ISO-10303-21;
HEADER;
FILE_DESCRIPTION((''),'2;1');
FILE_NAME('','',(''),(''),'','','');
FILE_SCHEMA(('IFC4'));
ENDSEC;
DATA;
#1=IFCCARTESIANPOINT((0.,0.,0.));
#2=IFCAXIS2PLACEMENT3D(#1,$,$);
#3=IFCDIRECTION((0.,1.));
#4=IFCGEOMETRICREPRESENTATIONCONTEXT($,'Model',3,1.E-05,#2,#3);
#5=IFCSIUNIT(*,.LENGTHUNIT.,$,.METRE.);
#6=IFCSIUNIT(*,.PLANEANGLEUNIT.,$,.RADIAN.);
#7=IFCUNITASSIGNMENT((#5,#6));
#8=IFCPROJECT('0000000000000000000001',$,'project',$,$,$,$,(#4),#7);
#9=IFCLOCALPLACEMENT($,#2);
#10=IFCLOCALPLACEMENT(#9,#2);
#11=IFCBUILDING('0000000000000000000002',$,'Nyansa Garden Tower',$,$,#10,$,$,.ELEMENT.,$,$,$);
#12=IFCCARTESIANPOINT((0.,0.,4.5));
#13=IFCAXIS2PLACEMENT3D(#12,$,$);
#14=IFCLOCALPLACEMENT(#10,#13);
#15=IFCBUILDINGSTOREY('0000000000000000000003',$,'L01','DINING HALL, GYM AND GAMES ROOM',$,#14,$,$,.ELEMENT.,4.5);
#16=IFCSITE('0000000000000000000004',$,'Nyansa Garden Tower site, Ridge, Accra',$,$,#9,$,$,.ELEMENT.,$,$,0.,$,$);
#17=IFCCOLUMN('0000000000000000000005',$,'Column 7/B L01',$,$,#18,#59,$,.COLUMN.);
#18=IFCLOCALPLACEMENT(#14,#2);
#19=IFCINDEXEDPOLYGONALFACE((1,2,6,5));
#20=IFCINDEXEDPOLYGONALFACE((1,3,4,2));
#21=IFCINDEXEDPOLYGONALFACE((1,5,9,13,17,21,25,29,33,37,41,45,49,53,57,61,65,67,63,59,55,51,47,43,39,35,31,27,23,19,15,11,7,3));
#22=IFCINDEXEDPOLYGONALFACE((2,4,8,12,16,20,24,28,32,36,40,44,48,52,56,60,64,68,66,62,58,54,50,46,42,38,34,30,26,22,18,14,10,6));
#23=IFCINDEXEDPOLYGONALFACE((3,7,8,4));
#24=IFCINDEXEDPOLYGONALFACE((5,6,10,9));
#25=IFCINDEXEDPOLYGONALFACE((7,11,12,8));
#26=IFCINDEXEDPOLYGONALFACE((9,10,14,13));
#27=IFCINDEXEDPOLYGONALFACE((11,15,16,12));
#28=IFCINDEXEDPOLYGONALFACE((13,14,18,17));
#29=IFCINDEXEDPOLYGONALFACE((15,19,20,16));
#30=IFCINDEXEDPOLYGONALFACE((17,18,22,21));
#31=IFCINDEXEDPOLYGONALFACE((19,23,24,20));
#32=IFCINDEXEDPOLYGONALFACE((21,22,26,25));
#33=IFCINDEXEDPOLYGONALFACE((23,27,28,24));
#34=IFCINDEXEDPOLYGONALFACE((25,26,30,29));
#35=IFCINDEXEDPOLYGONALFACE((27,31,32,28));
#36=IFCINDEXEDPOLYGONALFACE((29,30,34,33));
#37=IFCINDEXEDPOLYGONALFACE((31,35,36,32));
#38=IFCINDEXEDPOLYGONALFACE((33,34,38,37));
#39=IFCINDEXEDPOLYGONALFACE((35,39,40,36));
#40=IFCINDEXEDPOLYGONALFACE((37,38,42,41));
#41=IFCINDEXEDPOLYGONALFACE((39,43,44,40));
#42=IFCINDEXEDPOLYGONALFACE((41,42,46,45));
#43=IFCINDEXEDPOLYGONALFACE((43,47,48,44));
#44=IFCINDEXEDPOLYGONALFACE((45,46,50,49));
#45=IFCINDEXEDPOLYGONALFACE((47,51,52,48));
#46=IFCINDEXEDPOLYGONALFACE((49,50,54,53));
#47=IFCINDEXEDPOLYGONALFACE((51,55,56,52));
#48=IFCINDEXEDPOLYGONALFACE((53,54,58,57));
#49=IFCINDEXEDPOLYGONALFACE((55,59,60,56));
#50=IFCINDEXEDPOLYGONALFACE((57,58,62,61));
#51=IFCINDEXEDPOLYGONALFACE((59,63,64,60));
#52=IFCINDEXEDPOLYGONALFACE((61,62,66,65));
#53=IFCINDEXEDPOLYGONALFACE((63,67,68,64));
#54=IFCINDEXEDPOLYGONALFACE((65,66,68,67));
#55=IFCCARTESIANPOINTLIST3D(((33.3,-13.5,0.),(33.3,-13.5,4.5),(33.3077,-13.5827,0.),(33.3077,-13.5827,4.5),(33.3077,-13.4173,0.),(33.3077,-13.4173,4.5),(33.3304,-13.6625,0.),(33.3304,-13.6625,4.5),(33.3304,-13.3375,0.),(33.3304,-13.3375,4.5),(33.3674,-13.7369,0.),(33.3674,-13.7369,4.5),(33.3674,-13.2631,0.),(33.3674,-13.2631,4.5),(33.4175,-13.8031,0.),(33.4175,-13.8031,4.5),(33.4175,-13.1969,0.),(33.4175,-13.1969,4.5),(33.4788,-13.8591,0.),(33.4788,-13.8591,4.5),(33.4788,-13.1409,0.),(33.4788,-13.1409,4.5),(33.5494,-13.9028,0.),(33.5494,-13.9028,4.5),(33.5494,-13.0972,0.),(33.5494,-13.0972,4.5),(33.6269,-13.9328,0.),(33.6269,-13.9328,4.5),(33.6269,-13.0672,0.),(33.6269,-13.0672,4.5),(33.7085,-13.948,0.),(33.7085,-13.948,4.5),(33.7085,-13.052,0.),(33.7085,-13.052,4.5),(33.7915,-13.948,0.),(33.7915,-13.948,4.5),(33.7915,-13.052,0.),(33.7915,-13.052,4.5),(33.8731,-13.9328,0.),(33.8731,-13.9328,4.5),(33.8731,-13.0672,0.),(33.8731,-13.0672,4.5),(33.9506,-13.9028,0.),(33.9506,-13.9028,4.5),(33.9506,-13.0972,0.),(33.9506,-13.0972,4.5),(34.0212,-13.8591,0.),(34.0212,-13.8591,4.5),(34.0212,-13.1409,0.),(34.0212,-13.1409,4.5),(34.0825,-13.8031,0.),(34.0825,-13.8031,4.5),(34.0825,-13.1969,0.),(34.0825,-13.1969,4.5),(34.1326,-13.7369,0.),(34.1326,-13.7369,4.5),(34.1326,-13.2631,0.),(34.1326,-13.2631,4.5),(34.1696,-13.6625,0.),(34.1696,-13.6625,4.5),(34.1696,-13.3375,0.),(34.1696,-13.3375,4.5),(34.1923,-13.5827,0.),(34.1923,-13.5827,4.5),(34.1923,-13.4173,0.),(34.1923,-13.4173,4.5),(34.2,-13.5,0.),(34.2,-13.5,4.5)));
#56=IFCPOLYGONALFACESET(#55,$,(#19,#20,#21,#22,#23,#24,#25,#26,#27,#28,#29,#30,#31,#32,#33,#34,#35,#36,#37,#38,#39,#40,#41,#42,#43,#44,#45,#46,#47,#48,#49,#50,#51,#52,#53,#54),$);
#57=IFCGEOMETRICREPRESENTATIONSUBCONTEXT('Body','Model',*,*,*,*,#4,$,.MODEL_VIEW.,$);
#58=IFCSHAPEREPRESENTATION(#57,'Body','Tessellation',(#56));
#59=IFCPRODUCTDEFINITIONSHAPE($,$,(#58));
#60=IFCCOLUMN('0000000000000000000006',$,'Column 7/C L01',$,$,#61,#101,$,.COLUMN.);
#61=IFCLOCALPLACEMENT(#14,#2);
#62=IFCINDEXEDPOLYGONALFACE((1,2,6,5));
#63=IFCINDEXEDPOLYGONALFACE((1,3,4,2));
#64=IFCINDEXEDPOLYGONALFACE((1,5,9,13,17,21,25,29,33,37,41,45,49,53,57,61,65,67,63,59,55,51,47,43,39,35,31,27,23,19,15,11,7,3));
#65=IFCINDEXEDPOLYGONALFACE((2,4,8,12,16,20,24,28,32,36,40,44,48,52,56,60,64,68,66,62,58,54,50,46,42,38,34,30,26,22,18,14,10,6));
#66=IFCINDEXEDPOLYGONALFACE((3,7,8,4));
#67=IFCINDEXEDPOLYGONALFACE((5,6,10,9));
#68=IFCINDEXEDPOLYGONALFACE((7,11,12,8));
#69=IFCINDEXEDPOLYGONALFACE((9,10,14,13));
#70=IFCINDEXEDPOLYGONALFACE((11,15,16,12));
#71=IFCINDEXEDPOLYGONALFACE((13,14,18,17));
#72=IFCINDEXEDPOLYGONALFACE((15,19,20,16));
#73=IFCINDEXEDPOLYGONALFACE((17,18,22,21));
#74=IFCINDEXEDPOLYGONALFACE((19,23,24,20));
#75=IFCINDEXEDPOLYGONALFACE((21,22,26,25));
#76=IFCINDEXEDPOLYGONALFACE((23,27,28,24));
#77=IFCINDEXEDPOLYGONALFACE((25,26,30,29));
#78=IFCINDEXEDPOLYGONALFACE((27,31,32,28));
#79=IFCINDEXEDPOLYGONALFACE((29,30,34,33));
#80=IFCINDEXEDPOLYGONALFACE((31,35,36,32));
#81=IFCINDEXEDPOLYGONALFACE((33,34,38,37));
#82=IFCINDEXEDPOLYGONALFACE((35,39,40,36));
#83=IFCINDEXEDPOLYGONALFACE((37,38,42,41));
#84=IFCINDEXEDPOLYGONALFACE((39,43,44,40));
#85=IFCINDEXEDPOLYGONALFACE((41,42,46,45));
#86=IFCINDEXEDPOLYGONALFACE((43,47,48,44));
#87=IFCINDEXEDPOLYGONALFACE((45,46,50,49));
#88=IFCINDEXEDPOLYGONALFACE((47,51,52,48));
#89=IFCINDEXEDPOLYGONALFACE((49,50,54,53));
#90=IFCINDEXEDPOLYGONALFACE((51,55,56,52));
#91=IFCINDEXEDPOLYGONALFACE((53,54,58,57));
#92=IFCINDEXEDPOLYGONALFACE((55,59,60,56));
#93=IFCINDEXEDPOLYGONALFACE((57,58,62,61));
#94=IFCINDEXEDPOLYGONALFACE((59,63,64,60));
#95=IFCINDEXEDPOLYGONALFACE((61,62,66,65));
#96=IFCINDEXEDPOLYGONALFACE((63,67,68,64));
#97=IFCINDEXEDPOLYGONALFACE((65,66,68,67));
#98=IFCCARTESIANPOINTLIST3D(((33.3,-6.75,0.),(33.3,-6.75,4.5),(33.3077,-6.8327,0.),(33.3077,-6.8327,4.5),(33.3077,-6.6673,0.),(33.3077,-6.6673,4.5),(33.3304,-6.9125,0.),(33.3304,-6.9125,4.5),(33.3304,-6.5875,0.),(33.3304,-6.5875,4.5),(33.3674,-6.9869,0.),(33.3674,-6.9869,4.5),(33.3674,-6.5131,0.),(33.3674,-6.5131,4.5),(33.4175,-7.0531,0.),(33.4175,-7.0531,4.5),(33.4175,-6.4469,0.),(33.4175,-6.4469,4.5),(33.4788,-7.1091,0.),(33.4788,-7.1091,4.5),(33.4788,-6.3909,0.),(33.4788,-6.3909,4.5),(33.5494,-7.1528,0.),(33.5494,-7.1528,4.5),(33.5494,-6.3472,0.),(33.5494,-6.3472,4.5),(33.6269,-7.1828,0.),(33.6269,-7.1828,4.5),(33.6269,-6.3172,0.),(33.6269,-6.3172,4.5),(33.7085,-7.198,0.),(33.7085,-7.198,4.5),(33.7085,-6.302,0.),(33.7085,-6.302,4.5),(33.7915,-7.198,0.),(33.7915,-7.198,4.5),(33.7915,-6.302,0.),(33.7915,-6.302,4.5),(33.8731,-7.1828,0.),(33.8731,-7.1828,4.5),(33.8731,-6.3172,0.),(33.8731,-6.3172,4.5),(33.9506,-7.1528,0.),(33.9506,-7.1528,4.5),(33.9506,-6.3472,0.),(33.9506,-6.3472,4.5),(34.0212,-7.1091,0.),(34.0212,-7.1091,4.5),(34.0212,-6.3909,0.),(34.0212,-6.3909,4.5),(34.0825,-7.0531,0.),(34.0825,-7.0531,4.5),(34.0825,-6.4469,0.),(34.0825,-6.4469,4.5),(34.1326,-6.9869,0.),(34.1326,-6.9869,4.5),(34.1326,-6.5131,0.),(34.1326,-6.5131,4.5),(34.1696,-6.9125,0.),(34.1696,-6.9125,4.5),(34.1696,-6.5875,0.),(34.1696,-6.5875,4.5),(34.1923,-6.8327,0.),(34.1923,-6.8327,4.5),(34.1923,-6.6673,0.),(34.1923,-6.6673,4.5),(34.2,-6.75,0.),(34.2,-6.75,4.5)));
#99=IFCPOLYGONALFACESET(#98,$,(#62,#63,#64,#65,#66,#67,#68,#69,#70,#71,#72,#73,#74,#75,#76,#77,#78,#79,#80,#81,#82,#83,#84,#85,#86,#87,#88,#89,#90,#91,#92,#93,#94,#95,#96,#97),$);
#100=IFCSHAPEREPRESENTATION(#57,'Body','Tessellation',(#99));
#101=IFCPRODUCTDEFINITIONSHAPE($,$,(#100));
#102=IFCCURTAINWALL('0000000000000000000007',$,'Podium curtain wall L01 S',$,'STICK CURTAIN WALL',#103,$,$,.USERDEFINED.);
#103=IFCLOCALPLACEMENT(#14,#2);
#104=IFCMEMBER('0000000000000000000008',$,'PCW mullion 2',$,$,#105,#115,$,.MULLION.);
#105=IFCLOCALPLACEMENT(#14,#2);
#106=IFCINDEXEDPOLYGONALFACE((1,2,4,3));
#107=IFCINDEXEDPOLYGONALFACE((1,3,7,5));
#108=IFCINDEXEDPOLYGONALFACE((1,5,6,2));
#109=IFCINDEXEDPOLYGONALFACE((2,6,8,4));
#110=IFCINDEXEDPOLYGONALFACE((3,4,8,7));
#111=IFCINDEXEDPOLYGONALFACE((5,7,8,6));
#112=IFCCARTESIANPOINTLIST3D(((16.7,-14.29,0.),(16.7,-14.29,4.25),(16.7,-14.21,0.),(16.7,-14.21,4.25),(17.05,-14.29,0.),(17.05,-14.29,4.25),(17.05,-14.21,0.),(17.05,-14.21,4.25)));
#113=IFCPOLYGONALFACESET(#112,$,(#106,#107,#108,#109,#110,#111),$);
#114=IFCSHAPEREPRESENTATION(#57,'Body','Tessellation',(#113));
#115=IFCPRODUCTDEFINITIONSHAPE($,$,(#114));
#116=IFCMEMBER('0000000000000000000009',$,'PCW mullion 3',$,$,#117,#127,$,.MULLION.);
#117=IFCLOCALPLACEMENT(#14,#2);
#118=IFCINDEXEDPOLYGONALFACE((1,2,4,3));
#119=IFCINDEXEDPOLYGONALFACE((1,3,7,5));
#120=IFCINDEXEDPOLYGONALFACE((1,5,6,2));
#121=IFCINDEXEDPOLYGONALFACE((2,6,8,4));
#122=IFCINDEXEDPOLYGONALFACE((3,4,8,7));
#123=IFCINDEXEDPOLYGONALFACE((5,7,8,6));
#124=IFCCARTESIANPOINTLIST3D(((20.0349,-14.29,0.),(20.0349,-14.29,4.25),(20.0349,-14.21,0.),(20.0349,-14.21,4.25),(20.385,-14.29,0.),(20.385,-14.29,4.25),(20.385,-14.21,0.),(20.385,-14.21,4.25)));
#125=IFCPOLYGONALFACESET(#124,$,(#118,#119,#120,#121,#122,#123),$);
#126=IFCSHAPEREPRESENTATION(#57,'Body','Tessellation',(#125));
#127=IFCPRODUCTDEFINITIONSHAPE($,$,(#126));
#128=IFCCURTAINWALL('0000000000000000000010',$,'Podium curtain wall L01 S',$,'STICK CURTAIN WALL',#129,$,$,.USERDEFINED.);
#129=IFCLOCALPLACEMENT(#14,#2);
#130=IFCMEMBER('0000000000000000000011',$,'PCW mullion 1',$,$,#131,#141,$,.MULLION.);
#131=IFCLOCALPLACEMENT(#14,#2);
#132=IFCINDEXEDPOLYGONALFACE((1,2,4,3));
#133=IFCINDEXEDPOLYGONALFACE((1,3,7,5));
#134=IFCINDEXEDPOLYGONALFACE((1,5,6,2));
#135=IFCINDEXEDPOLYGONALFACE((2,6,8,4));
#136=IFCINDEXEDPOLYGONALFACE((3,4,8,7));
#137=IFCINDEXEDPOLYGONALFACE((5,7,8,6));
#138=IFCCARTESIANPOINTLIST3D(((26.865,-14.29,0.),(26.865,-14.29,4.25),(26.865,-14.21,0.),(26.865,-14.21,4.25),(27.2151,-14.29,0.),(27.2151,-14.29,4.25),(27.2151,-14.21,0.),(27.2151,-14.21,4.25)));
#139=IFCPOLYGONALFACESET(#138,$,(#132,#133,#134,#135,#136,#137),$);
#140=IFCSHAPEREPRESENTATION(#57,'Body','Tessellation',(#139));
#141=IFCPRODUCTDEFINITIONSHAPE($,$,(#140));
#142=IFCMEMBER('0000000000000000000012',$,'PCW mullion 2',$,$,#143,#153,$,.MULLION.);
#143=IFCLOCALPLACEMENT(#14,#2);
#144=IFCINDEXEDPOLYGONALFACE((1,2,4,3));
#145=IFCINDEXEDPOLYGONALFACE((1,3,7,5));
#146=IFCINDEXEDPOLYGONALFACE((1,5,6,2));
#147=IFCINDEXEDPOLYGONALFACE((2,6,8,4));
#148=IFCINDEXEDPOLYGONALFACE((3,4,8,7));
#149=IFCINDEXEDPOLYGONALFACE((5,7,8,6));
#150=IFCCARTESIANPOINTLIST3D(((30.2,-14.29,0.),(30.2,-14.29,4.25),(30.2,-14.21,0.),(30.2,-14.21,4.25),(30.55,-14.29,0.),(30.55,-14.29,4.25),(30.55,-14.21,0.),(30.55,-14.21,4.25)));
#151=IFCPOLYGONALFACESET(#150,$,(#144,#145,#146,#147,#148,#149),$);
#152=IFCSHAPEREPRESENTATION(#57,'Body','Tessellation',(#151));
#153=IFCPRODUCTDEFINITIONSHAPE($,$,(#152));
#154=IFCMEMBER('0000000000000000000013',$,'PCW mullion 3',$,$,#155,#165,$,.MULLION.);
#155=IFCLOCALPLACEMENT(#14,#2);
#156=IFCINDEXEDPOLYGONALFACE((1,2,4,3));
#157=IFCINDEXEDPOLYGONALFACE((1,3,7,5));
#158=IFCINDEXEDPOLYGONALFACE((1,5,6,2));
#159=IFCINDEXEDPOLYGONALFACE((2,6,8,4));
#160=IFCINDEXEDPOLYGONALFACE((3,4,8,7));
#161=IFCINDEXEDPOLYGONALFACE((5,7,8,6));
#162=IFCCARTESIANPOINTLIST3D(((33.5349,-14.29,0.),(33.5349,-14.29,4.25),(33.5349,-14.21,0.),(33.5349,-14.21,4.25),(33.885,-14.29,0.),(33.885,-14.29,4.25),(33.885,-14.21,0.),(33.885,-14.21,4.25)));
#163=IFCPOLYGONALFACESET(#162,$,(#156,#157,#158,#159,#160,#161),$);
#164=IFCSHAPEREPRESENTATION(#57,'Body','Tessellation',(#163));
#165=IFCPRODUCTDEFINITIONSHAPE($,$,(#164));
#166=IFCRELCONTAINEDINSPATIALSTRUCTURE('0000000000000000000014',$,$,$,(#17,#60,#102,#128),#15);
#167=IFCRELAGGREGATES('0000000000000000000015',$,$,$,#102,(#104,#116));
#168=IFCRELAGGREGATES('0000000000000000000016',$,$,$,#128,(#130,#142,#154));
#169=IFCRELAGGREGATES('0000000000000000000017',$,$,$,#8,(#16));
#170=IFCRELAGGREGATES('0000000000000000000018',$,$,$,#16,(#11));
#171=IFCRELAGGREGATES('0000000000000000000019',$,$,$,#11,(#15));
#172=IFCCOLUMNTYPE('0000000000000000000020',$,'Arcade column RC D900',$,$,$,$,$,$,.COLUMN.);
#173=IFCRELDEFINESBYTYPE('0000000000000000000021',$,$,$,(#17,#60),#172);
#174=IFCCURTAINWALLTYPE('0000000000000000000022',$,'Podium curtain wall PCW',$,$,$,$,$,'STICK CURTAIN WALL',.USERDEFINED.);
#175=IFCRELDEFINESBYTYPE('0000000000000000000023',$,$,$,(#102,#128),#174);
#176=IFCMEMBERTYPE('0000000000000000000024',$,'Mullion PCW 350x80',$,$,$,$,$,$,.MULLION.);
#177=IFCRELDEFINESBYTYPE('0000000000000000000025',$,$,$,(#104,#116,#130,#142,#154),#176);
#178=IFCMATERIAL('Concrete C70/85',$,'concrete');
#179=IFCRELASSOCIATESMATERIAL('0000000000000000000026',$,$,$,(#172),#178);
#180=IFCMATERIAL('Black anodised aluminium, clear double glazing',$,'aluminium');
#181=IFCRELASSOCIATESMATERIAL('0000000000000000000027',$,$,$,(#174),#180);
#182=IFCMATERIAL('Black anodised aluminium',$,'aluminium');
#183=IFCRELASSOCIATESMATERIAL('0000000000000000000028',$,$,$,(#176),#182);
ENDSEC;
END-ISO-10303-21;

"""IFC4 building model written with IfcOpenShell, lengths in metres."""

from ifc_helpers import new_model, si_unit, direction, frame, origin, origin_2d, place, context, subcontext, project, spatial, rectangle, circle, extrude, material, material_profile, profile_set, type_object, element, aggregate, save


model = new_model("IFC4")

# Units and contexts
model_context = context("Model", 3, precision=1e-05, world=origin(), true_north=direction((0.0, 1.0)))
body_context = subcontext(model_context, "Body", "Model", "MODEL_VIEW")
ifc_project = project(units=[si_unit("LENGTHUNIT", "METRE"), si_unit("PLANEANGLEUNIT", "RADIAN")], contexts=[model_context])

# Site, building, storey
site_placement = place(None, origin())
site = spatial("IfcSite", under=ifc_project, at=site_placement, Name="Nyansa Garden Tower site, Ridge, Accra", CompositionType="ELEMENT", RefElevation=0.0)
building_placement = place(site_placement, origin())
building = spatial("IfcBuilding", under=site, at=building_placement, Name="Nyansa Garden Tower", CompositionType="ELEMENT")
storey_placement = place(building_placement, frame((0.0, 0.0, 4.5)))
storey = spatial("IfcBuildingStorey", under=building, at=storey_placement, Name="L01", Description="DINING HALL, GYM AND GAMES ROOM", CompositionType="ELEMENT", Elevation=4.5)

# Columns
ifc_material_1 = material(Name="Concrete C70/85", Category="concrete")
ifc_material_profile_1 = material_profile(ifc_material_1, circle(Radius=0.45, at=origin_2d()), Name="RC D900")
ifc_profile_set_1 = profile_set([ifc_material_profile_1], Name="Concrete C70/85")
column_type = type_object("IfcColumnType", Name="Arcade column RC D900", PredefinedType="COLUMN", material=ifc_profile_set_1)
for number, where, z_axis, x_axis, name in (
    (1, (33.75, -13.5, 0.0), (0.0, 0.0, 1.0), (1.0, 0.0, 0.0), "Column 7/B L01"),
    (2, (33.75, -6.75, 0.0), (0.0, 0.0, 1.0), (1.0, 0.0, 0.0), "Column 7/C L01"),
):
    element("IfcColumn", number, at=place(storey_placement, frame(where, z_axis=z_axis, x_axis=x_axis)), inside=storey, type_object=column_type, Name=name, PredefinedType="COLUMN", context=body_context, shape_type="SweptSolid", body=[
        extrude(circle(Radius=0.45, at=origin_2d()), origin(), (0.0, 0.0, 1.0), 4.5),
    ])

# Curtain walls, members
ifc_material_2 = material(Name="Black anodised aluminium, clear double glazing", Category="aluminium")
curtain_wall_type = type_object("IfcCurtainWallType", Name="Podium curtain wall PCW", ElementType="STICK CURTAIN WALL", PredefinedType="USERDEFINED", material=ifc_material_2)
curtain_wall_1_placement = place(storey_placement, origin())
curtain_wall_1 = element("IfcCurtainWall", 3, at=curtain_wall_1_placement, inside=storey, type_object=curtain_wall_type, Name="Podium curtain wall L01 S", ObjectType="STICK CURTAIN WALL", PredefinedType="USERDEFINED")
ifc_material_3 = material(Name="Black anodised aluminium", Category="aluminium")
ifc_material_profile_2 = material_profile(ifc_material_3, rectangle(XDim=0.0801, YDim=0.3501, at=origin_2d()), Name="Mullion 350x80")
ifc_profile_set_2 = profile_set([ifc_material_profile_2], Name="Black anodised aluminium")
member_type_1 = type_object("IfcMemberType", Name="Mullion PCW 350x80", PredefinedType="MULLION", material=ifc_profile_set_2)
member_1_placement = place(storey_placement, frame((16.875, -14.25, 0.0), z_axis=(0.0, 0.0, 1.0), x_axis=(0.0, 1.0, 0.0)))
member_1 = element("IfcMember", 4, at=member_1_placement, type_object=member_type_1, Name="PCW mullion 2", PredefinedType="MULLION", context=body_context, shape_type="SweptSolid", body=[
    extrude(rectangle(XDim=0.0801, YDim=0.3501, at=origin_2d()), origin(), (0.0, 0.0, 1.0), 4.25),
])
member_2_placement = place(storey_placement, frame((20.21, -14.25, 0.0), z_axis=(0.0, 0.0, 1.0), x_axis=(0.0, 1.0, 0.0)))
member_2 = element("IfcMember", 5, at=member_2_placement, type_object=member_type_1, Name="PCW mullion 3", PredefinedType="MULLION", context=body_context, shape_type="SweptSolid", body=[
    extrude(rectangle(XDim=0.0801, YDim=0.3501, at=origin_2d()), origin(), (0.0, 0.0, 1.0), 4.25),
])
curtain_wall_2_placement = place(storey_placement, origin())
curtain_wall_2 = element("IfcCurtainWall", 6, at=curtain_wall_2_placement, inside=storey, type_object=curtain_wall_type, Name="Podium curtain wall L01 S", ObjectType="STICK CURTAIN WALL", PredefinedType="USERDEFINED")
member_3_placement = place(storey_placement, frame((27.04, -14.25, 0.0), z_axis=(0.0, 0.0, 1.0), x_axis=(0.0, 1.0, 0.0)))
member_3 = element("IfcMember", 7, at=member_3_placement, type_object=member_type_1, Name="PCW mullion 1", PredefinedType="MULLION", context=body_context, shape_type="SweptSolid", body=[
    extrude(rectangle(XDim=0.0801, YDim=0.3501, at=origin_2d()), origin(), (0.0, 0.0, 1.0), 4.25),
])
member_4_placement = place(storey_placement, frame((30.375, -14.25, 0.0), z_axis=(0.0, 0.0, 1.0), x_axis=(0.0, 1.0, 0.0)))
member_4 = element("IfcMember", 8, at=member_4_placement, type_object=member_type_1, Name="PCW mullion 2", PredefinedType="MULLION", context=body_context, shape_type="SweptSolid", body=[
    extrude(rectangle(XDim=0.0801, YDim=0.3501, at=origin_2d()), origin(), (0.0, 0.0, 1.0), 4.25),
])
member_5_placement = place(storey_placement, frame((33.71, -14.25, 0.0), z_axis=(0.0, 0.0, 1.0), x_axis=(0.0, 1.0, 0.0)))
member_5 = element("IfcMember", 9, at=member_5_placement, type_object=member_type_1, Name="PCW mullion 3", PredefinedType="MULLION", context=body_context, shape_type="SweptSolid", body=[
    extrude(rectangle(XDim=0.0801, YDim=0.3501, at=origin_2d()), origin(), (0.0, 0.0, 1.0), 4.25),
])

aggregate(curtain_wall_1, [member_1, member_2])
aggregate(curtain_wall_2, [member_3, member_4, member_5])

save(model, "model.ifc")
